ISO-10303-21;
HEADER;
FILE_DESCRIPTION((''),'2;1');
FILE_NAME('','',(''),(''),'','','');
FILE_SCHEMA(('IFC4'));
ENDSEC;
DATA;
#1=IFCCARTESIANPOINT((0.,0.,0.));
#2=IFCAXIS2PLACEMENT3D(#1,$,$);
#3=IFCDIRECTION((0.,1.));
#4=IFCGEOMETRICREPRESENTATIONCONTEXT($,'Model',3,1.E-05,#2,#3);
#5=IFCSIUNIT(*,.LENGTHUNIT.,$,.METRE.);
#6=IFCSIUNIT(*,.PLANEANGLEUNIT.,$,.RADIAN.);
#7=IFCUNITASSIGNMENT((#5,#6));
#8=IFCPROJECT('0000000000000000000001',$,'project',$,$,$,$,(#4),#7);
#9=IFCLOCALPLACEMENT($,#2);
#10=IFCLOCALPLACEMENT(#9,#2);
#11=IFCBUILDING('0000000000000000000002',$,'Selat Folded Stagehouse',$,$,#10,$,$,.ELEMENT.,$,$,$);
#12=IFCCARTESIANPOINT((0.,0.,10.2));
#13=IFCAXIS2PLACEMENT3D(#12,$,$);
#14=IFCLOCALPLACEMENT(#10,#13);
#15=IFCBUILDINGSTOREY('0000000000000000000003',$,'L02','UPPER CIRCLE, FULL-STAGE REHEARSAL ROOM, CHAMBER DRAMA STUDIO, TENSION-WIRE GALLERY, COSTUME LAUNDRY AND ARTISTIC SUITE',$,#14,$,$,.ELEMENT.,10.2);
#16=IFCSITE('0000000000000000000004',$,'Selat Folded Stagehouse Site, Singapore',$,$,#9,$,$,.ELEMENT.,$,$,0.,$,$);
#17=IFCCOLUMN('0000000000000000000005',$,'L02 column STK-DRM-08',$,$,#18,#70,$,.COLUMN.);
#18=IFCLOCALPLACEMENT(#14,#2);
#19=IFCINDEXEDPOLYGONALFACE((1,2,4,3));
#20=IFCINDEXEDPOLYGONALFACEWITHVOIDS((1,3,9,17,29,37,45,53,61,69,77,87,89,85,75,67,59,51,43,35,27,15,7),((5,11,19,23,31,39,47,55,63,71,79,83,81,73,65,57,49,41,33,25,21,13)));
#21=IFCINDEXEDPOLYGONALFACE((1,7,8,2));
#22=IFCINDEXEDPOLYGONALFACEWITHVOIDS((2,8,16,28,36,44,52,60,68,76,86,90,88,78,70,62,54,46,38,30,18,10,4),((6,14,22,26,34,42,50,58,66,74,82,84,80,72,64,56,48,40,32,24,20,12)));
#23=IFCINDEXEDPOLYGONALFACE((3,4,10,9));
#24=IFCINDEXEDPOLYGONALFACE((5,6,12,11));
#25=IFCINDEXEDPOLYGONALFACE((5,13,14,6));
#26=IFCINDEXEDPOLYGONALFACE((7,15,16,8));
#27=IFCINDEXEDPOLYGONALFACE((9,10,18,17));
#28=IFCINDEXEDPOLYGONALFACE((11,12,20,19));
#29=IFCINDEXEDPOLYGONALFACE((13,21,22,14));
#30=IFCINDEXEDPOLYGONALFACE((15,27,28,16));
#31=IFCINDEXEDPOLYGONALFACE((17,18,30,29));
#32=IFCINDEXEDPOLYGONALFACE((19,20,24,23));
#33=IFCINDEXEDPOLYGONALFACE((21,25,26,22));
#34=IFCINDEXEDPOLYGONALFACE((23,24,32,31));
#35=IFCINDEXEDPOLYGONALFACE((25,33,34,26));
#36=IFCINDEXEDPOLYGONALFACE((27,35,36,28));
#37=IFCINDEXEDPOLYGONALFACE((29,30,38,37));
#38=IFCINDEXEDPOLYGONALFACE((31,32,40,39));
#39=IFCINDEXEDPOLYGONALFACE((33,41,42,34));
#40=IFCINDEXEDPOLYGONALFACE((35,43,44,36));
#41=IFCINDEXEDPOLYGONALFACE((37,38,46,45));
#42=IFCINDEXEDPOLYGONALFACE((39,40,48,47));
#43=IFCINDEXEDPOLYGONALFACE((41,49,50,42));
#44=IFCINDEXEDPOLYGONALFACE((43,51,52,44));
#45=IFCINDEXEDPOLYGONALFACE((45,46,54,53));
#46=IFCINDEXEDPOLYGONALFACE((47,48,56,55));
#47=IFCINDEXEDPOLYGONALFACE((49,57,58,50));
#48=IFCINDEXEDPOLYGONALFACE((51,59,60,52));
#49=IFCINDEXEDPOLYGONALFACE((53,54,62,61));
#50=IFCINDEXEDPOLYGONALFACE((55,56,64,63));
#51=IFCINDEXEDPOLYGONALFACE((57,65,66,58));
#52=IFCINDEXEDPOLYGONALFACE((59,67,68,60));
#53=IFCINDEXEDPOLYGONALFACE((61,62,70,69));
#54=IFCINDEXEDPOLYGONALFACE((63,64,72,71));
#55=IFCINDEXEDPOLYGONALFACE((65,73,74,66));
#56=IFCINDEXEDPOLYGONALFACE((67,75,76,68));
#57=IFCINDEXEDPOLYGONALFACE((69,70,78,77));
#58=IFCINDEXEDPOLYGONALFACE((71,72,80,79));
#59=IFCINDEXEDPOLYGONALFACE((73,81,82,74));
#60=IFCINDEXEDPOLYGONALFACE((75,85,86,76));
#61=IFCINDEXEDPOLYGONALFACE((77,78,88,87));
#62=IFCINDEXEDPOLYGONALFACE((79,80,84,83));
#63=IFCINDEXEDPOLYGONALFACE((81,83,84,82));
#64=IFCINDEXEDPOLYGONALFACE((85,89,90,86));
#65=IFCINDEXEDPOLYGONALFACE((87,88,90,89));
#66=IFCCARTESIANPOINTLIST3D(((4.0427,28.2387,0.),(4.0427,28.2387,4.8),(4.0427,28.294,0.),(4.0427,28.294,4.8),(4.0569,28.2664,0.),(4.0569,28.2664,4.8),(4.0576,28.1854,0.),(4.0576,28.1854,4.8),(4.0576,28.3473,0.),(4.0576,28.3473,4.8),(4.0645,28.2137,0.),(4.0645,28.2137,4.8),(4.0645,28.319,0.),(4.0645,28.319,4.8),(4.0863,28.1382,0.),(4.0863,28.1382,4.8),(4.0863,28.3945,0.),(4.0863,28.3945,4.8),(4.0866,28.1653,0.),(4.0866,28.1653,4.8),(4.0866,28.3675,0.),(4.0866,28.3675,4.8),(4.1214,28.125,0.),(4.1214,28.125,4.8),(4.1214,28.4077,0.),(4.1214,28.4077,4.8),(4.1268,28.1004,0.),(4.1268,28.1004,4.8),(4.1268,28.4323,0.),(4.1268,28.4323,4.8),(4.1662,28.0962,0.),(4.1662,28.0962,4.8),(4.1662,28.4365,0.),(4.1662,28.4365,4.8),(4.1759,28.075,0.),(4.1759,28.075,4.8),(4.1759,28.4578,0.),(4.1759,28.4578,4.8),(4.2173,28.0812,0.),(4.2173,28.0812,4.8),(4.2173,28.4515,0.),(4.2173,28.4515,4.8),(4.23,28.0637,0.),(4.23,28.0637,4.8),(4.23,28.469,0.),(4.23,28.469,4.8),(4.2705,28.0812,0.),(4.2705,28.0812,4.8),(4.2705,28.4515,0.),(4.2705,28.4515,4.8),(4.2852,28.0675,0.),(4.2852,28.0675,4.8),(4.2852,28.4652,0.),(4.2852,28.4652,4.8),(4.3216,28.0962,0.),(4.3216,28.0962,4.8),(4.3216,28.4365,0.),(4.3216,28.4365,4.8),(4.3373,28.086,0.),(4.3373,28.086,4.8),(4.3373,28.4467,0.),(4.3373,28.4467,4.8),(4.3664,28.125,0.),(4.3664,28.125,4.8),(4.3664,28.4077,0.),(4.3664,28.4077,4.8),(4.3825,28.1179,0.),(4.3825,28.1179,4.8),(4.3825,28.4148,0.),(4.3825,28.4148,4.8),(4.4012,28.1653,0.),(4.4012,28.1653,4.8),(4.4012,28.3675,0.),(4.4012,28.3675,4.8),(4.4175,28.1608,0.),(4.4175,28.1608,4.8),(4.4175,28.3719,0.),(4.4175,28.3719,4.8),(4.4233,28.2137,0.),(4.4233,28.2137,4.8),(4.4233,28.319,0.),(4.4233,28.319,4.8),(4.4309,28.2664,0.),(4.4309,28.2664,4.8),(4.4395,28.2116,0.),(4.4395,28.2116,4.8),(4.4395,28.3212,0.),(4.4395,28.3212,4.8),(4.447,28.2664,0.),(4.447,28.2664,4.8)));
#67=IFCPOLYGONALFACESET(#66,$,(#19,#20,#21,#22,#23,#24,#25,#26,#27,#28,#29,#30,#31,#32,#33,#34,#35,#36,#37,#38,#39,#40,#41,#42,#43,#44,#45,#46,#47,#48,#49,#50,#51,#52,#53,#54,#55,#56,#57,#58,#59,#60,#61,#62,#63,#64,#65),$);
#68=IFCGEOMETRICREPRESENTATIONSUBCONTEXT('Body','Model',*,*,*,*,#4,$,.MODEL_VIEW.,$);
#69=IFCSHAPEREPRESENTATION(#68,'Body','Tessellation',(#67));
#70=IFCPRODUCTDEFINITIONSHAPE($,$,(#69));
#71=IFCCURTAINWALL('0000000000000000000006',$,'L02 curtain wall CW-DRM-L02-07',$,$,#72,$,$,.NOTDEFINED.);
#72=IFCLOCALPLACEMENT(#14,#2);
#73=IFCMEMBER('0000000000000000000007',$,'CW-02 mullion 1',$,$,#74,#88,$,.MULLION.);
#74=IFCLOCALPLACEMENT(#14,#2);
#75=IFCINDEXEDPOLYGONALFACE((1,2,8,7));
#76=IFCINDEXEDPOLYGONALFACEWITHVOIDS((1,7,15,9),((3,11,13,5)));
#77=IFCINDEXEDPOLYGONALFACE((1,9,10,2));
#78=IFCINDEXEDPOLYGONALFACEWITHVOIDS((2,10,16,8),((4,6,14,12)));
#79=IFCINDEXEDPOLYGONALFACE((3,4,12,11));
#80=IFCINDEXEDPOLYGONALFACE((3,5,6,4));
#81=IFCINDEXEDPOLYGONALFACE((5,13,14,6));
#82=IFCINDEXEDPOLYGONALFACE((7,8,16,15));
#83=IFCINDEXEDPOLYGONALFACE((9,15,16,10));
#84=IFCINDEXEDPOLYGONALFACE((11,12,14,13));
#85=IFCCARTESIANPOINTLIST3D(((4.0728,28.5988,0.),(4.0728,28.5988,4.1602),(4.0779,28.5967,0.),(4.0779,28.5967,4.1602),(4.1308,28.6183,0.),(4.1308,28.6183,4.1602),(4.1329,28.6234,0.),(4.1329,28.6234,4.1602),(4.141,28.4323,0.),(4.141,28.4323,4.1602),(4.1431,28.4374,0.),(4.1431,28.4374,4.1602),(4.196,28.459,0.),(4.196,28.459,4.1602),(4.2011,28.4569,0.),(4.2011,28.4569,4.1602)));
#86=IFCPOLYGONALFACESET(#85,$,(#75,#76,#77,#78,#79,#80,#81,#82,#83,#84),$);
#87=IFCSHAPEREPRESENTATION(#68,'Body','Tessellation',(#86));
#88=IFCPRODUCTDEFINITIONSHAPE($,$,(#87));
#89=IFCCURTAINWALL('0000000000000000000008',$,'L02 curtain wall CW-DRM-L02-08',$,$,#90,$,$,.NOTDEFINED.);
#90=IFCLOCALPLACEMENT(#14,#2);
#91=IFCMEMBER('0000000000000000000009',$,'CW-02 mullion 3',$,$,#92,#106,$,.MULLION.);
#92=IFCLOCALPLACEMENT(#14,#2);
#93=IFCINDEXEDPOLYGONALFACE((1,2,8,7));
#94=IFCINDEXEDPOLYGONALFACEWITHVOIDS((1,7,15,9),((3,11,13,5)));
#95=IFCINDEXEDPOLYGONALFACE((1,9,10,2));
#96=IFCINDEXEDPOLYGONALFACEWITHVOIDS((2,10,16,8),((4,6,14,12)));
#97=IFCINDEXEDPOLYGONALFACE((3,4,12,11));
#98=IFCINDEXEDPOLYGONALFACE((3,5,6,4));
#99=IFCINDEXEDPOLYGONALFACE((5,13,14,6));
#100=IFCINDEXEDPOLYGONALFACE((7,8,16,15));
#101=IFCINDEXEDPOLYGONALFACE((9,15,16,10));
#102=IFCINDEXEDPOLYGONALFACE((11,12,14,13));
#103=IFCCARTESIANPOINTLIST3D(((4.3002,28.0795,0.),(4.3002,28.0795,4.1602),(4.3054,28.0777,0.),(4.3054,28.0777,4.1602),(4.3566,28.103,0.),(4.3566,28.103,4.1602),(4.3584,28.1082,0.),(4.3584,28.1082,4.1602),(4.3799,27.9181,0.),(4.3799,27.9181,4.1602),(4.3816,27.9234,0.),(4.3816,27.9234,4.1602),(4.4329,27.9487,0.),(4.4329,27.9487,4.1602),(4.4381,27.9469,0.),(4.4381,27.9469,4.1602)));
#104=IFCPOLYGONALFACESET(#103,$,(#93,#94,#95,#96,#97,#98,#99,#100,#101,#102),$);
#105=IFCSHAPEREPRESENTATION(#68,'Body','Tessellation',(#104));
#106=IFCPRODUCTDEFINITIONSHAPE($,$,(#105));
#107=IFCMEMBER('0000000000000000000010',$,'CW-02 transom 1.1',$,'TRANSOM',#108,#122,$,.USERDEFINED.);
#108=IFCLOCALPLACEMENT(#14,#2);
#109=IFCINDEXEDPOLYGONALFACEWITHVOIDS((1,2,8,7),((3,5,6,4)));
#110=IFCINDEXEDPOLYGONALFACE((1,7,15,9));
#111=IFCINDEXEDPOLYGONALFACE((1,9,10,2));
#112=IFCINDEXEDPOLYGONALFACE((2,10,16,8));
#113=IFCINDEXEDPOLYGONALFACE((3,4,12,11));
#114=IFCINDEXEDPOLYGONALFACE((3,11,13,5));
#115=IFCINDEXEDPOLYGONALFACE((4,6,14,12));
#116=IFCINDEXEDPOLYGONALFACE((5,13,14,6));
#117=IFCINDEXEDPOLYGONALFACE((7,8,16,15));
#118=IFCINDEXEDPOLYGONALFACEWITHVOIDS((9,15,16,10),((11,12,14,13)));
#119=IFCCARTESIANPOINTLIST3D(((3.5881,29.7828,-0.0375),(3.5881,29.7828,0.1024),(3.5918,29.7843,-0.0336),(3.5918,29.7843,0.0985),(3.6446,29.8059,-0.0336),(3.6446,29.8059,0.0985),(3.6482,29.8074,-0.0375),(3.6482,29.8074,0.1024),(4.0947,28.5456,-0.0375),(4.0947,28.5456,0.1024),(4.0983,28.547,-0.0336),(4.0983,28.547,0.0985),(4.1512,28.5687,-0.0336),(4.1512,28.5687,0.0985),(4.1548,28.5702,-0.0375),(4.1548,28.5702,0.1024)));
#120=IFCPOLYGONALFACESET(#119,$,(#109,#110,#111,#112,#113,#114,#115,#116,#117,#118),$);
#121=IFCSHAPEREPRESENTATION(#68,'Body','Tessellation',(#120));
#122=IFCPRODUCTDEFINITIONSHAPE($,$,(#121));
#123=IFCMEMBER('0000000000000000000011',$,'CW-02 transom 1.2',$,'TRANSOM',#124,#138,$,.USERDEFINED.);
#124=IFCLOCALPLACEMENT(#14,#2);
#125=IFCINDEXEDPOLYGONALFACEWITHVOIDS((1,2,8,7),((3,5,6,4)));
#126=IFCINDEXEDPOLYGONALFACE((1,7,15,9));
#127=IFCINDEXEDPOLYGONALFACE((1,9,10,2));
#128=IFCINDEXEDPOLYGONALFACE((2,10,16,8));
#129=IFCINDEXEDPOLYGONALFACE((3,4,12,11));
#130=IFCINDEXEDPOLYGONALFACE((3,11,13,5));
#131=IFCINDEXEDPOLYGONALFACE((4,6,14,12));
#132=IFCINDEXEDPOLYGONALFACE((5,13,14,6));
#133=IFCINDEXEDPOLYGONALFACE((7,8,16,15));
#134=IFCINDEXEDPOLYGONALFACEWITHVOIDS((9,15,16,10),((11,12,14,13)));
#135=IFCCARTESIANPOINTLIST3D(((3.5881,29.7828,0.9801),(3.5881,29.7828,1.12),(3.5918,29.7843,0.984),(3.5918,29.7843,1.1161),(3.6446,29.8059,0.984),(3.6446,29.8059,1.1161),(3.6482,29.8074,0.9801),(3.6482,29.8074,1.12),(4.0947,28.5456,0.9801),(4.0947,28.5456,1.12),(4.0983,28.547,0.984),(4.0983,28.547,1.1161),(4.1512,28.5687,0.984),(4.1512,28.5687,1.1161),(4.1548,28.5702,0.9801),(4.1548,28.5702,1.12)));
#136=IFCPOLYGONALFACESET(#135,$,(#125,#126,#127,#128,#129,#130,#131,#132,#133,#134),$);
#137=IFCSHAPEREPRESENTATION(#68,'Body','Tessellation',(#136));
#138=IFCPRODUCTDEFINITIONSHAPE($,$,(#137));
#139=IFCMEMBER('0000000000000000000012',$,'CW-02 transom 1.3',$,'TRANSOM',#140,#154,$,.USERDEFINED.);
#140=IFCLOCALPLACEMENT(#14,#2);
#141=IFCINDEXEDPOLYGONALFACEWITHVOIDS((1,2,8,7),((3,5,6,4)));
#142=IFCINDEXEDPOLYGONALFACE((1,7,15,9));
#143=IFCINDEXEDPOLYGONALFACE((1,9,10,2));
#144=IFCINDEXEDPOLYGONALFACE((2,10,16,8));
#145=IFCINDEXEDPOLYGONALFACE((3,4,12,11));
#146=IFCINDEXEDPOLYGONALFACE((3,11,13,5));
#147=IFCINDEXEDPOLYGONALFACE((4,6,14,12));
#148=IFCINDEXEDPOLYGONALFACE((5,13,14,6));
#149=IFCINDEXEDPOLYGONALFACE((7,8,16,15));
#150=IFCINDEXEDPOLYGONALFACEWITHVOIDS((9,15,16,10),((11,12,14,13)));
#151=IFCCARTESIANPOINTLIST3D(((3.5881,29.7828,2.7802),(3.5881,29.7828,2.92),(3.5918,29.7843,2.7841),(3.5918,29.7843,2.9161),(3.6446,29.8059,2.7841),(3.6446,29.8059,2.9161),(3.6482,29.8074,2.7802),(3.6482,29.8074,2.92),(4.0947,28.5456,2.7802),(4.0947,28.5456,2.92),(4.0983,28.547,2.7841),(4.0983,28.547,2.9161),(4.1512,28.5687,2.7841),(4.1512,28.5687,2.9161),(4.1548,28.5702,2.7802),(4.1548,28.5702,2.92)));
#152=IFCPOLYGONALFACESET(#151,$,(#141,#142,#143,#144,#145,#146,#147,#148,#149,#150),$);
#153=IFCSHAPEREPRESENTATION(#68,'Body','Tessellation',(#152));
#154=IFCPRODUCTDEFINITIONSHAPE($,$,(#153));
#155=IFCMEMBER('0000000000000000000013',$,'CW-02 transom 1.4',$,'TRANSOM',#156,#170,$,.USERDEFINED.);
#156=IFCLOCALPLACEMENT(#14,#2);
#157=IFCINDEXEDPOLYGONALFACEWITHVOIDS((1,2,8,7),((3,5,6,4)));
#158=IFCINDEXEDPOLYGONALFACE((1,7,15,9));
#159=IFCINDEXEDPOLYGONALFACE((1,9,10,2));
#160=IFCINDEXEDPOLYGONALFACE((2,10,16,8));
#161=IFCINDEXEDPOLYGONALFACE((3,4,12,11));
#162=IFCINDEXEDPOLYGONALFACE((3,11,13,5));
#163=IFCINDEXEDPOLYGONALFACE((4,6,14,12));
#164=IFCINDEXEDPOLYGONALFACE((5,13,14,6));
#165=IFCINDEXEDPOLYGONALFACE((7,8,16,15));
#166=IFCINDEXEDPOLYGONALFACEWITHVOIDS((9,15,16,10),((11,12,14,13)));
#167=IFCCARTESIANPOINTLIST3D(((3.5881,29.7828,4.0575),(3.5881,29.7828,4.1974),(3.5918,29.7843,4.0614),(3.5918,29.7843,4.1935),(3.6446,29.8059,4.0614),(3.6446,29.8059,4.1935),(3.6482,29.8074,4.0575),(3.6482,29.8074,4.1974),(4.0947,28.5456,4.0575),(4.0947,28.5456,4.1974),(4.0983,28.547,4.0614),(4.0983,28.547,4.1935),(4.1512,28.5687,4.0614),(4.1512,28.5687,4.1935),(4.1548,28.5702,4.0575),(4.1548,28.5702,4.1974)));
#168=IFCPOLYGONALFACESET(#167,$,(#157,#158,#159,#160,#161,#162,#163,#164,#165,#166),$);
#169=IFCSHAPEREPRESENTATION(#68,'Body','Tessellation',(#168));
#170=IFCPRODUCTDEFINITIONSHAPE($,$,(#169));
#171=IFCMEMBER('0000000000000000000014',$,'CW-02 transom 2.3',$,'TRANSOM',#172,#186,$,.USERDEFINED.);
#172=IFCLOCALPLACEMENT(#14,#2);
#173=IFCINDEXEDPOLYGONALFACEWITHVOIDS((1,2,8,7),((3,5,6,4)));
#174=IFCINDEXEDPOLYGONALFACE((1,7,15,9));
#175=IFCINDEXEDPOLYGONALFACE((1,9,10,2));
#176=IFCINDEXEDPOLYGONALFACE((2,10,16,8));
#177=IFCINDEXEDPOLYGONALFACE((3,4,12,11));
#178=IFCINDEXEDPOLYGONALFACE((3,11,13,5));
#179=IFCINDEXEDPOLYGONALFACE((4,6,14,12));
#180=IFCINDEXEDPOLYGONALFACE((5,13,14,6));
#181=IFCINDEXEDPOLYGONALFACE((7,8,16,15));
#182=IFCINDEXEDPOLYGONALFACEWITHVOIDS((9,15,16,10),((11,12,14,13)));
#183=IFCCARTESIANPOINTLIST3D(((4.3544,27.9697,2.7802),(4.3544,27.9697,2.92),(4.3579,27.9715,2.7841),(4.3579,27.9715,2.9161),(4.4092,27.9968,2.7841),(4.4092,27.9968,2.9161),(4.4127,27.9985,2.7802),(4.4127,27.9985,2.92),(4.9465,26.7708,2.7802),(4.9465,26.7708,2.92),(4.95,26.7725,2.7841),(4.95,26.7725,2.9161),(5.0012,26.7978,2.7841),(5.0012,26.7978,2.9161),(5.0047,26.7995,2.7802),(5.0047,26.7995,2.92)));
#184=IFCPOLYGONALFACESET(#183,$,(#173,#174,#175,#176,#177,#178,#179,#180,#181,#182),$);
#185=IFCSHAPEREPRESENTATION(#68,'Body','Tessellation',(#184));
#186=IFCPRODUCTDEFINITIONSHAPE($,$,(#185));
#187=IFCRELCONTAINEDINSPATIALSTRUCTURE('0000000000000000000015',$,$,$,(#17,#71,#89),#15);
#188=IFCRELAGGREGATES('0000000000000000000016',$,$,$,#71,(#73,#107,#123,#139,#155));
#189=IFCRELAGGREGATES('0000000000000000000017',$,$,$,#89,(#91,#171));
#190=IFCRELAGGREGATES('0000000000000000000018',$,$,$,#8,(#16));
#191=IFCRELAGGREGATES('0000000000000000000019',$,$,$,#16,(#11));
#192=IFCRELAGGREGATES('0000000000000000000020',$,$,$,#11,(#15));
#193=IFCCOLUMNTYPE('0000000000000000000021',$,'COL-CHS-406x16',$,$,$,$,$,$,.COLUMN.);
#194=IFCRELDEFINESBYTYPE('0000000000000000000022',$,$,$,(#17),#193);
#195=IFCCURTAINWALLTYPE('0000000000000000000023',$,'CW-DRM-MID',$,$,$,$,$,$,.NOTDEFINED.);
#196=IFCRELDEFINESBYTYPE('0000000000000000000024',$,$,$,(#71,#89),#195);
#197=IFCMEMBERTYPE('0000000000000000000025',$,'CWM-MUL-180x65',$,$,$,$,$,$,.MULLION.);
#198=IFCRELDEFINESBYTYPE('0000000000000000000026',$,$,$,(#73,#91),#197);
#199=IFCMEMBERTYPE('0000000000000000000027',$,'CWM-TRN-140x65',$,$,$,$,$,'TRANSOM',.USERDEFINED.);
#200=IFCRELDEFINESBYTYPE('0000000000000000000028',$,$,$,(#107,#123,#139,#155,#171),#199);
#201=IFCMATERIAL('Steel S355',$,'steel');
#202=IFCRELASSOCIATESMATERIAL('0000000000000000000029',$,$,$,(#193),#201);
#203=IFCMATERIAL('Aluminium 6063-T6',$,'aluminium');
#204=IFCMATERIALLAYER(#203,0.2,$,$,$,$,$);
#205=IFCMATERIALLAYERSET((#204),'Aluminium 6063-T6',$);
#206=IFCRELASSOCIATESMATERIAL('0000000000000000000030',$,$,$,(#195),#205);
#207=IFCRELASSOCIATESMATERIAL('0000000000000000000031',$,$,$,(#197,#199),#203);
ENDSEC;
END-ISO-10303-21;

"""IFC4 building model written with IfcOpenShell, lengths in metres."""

from ifc_helpers import new_model, si_unit, direction, frame, origin, origin_2d, place, context, subcontext, project, spatial, hollow_rectangle, hollow_circle, extrude, material, layer, layer_set, material_profile, profile_set, type_object, element, aggregate, save


model = new_model("IFC4")

# Units and contexts
model_context = context("Model", 3, precision=1e-05, world=origin(), true_north=direction((0.0, 1.0)))
body_context = subcontext(model_context, "Body", "Model", "MODEL_VIEW")
ifc_project = project(units=[si_unit("LENGTHUNIT", "METRE"), si_unit("PLANEANGLEUNIT", "RADIAN")], contexts=[model_context])

# Site, building, storey
site_placement = place(None, origin())
site = spatial("IfcSite", under=ifc_project, at=site_placement, Name="Selat Folded Stagehouse Site, Singapore", CompositionType="ELEMENT", RefElevation=0.0)
building_placement = place(site_placement, origin())
building = spatial("IfcBuilding", under=site, at=building_placement, Name="Selat Folded Stagehouse", CompositionType="ELEMENT")
storey_placement = place(building_placement, frame((0.0, 0.0, 10.2)))
storey = spatial("IfcBuildingStorey", under=building, at=storey_placement, Name="L02", Description="UPPER CIRCLE, FULL-STAGE REHEARSAL ROOM, CHAMBER DRAMA STUDIO, TENSION-WIRE GALLERY, COSTUME LAUNDRY AND ARTISTIC SUITE", CompositionType="ELEMENT", Elevation=10.2)

# Column
ifc_material_1 = material(Name="Steel S355", Category="steel")
ifc_material_profile_1 = material_profile(ifc_material_1, hollow_circle(Radius=0.2031, WallThickness=0.0161, at=origin_2d()), Name="CHS 406.4x16.0")
ifc_profile_set_1 = profile_set([ifc_material_profile_1], Name="Steel S355")
column_type = type_object("IfcColumnType", Name="COL-CHS-406x16", PredefinedType="COLUMN", material=ifc_profile_set_1)
column_placement = place(storey_placement, frame((4.2439, 28.2664, 0.0), z_axis=(0.0, 0.0, 1.0), x_axis=(1.0, 0.0, 0.0)))
element("IfcColumn", 1, at=column_placement, inside=storey, type_object=column_type, Name="L02 column STK-DRM-08", PredefinedType="COLUMN", context=body_context, shape_type="SweptSolid", body=[
    extrude(hollow_circle(Radius=0.2031, WallThickness=0.0161, at=origin_2d()), origin(), (0.0, 0.0, 1.0), 4.8),
])

# Curtain walls, members
ifc_material_2 = material(Name="Aluminium 6063-T6", Category="aluminium")
ifc_layer_1 = layer(ifc_material_2, 0.2)
ifc_layer_set_1 = layer_set([ifc_layer_1], Name="Aluminium 6063-T6")
curtain_wall_type = type_object("IfcCurtainWallType", Name="CW-DRM-MID", PredefinedType="NOTDEFINED", material=ifc_layer_set_1)
curtain_wall_1_placement = place(storey_placement, origin())
curtain_wall_1 = element("IfcCurtainWall", 2, at=curtain_wall_1_placement, inside=storey, type_object=curtain_wall_type, Name="L02 curtain wall CW-DRM-L02-07", PredefinedType="NOTDEFINED")
ifc_material_profile_2 = material_profile(ifc_material_2, hollow_rectangle(XDim=0.0649, YDim=0.1799, WallThickness=0.0039, at=origin_2d()), Name="ALU 180x65x4.0")
ifc_profile_set_2 = profile_set([ifc_material_profile_2], Name="Aluminium 6063-T6")
member_type_1 = type_object("IfcMemberType", Name="CWM-MUL-180x65", PredefinedType="MULLION", material=ifc_profile_set_2)
member_1_placement = place(storey_placement, frame((4.137, 28.5278, 0.0), z_axis=(0.0, 0.0, 1.0), x_axis=(-0.925441, -0.378891, 0.0)))
member_1 = element("IfcMember", 3, at=member_1_placement, type_object=member_type_1, Name="CW-02 mullion 1", PredefinedType="MULLION", context=body_context, shape_type="SweptSolid", body=[
    extrude(hollow_rectangle(XDim=0.0649, YDim=0.1799, WallThickness=0.0039, at=origin_2d()), origin(), (0.0, 0.0, 1.0), 4.1602),
])
curtain_wall_2_placement = place(storey_placement, origin())
curtain_wall_2 = element("IfcCurtainWall", 4, at=curtain_wall_2_placement, inside=storey, type_object=curtain_wall_type, Name="L02 curtain wall CW-DRM-L02-08", PredefinedType="NOTDEFINED")
member_2_placement = place(storey_placement, frame((4.3691, 28.0132, 0.0), z_axis=(0.0, 0.0, 1.0), x_axis=(-0.896598, -0.442845, 0.0)))
member_2 = element("IfcMember", 5, at=member_2_placement, type_object=member_type_1, Name="CW-02 mullion 3", PredefinedType="MULLION", context=body_context, shape_type="SweptSolid", body=[
    extrude(hollow_rectangle(XDim=0.0649, YDim=0.1799, WallThickness=0.0039, at=origin_2d()), origin(), (0.0, 0.0, 1.0), 4.1602),
])

# Members
ifc_material_profile_3 = material_profile(ifc_material_2, hollow_rectangle(XDim=0.0649, YDim=0.1399, WallThickness=0.0039, at=origin_2d()), Name="ALU 140x65x4.0")
ifc_profile_set_3 = profile_set([ifc_material_profile_3], Name="Aluminium 6063-T6")
member_type_2 = type_object("IfcMemberType", Name="CWM-TRN-140x65", ElementType="TRANSOM", PredefinedType="USERDEFINED", material=ifc_profile_set_3)
member_3_placement = place(storey_placement, frame((4.1248, 28.5579, 0.0325), z_axis=(-0.378903, 0.925436, 0.0), x_axis=(-0.925436, -0.378903, 0.0)))
member_3 = element("IfcMember", 6, at=member_3_placement, type_object=member_type_2, Name="CW-02 transom 1.1", ObjectType="TRANSOM", PredefinedType="USERDEFINED", context=body_context, shape_type="SweptSolid", body=[
    extrude(hollow_rectangle(XDim=0.0649, YDim=0.1399, WallThickness=0.0039, at=origin_2d()), origin(), (0.0, 0.0, 1.0), 1.3369),
])
member_4_placement = place(storey_placement, frame((4.1248, 28.5579, 1.05), z_axis=(-0.378903, 0.925436, 0.0), x_axis=(-0.925436, -0.378903, 0.0)))
member_4 = element("IfcMember", 7, at=member_4_placement, type_object=member_type_2, Name="CW-02 transom 1.2", ObjectType="TRANSOM", PredefinedType="USERDEFINED", context=body_context, shape_type="SweptSolid", body=[
    extrude(hollow_rectangle(XDim=0.0649, YDim=0.1399, WallThickness=0.0039, at=origin_2d()), origin(), (0.0, 0.0, 1.0), 1.3369),
])
member_5_placement = place(storey_placement, frame((4.1248, 28.5579, 2.8501), z_axis=(-0.378903, 0.925436, 0.0), x_axis=(-0.925436, -0.378903, 0.0)))
member_5 = element("IfcMember", 8, at=member_5_placement, type_object=member_type_2, Name="CW-02 transom 1.3", ObjectType="TRANSOM", PredefinedType="USERDEFINED", context=body_context, shape_type="SweptSolid", body=[
    extrude(hollow_rectangle(XDim=0.0649, YDim=0.1399, WallThickness=0.0039, at=origin_2d()), origin(), (0.0, 0.0, 1.0), 1.3369),
])
member_6_placement = place(storey_placement, frame((4.1248, 28.5579, 4.1274), z_axis=(-0.378903, 0.925436, 0.0), x_axis=(-0.925436, -0.378903, 0.0)))
member_6 = element("IfcMember", 9, at=member_6_placement, type_object=member_type_2, Name="CW-02 transom 1.4", ObjectType="TRANSOM", PredefinedType="USERDEFINED", context=body_context, shape_type="SweptSolid", body=[
    extrude(hollow_rectangle(XDim=0.0649, YDim=0.1399, WallThickness=0.0039, at=origin_2d()), origin(), (0.0, 0.0, 1.0), 1.3369),
])
member_7_placement = place(storey_placement, frame((4.9756, 26.7852, 2.8501), z_axis=(-0.442753, 0.896644, 0.0), x_axis=(-0.896644, -0.442753, 0.0)))
member_7 = element("IfcMember", 10, at=member_7_placement, type_object=member_type_2, Name="CW-02 transom 2.3", ObjectType="TRANSOM", PredefinedType="USERDEFINED", context=body_context, shape_type="SweptSolid", body=[
    extrude(hollow_rectangle(XDim=0.0649, YDim=0.1399, WallThickness=0.0039, at=origin_2d()), origin(), (0.0, 0.0, 1.0), 1.3372),
])

aggregate(curtain_wall_1, [member_1, member_3, member_4, member_5, member_6])
aggregate(curtain_wall_2, [member_2, member_7])

save(model, "model.ifc")
